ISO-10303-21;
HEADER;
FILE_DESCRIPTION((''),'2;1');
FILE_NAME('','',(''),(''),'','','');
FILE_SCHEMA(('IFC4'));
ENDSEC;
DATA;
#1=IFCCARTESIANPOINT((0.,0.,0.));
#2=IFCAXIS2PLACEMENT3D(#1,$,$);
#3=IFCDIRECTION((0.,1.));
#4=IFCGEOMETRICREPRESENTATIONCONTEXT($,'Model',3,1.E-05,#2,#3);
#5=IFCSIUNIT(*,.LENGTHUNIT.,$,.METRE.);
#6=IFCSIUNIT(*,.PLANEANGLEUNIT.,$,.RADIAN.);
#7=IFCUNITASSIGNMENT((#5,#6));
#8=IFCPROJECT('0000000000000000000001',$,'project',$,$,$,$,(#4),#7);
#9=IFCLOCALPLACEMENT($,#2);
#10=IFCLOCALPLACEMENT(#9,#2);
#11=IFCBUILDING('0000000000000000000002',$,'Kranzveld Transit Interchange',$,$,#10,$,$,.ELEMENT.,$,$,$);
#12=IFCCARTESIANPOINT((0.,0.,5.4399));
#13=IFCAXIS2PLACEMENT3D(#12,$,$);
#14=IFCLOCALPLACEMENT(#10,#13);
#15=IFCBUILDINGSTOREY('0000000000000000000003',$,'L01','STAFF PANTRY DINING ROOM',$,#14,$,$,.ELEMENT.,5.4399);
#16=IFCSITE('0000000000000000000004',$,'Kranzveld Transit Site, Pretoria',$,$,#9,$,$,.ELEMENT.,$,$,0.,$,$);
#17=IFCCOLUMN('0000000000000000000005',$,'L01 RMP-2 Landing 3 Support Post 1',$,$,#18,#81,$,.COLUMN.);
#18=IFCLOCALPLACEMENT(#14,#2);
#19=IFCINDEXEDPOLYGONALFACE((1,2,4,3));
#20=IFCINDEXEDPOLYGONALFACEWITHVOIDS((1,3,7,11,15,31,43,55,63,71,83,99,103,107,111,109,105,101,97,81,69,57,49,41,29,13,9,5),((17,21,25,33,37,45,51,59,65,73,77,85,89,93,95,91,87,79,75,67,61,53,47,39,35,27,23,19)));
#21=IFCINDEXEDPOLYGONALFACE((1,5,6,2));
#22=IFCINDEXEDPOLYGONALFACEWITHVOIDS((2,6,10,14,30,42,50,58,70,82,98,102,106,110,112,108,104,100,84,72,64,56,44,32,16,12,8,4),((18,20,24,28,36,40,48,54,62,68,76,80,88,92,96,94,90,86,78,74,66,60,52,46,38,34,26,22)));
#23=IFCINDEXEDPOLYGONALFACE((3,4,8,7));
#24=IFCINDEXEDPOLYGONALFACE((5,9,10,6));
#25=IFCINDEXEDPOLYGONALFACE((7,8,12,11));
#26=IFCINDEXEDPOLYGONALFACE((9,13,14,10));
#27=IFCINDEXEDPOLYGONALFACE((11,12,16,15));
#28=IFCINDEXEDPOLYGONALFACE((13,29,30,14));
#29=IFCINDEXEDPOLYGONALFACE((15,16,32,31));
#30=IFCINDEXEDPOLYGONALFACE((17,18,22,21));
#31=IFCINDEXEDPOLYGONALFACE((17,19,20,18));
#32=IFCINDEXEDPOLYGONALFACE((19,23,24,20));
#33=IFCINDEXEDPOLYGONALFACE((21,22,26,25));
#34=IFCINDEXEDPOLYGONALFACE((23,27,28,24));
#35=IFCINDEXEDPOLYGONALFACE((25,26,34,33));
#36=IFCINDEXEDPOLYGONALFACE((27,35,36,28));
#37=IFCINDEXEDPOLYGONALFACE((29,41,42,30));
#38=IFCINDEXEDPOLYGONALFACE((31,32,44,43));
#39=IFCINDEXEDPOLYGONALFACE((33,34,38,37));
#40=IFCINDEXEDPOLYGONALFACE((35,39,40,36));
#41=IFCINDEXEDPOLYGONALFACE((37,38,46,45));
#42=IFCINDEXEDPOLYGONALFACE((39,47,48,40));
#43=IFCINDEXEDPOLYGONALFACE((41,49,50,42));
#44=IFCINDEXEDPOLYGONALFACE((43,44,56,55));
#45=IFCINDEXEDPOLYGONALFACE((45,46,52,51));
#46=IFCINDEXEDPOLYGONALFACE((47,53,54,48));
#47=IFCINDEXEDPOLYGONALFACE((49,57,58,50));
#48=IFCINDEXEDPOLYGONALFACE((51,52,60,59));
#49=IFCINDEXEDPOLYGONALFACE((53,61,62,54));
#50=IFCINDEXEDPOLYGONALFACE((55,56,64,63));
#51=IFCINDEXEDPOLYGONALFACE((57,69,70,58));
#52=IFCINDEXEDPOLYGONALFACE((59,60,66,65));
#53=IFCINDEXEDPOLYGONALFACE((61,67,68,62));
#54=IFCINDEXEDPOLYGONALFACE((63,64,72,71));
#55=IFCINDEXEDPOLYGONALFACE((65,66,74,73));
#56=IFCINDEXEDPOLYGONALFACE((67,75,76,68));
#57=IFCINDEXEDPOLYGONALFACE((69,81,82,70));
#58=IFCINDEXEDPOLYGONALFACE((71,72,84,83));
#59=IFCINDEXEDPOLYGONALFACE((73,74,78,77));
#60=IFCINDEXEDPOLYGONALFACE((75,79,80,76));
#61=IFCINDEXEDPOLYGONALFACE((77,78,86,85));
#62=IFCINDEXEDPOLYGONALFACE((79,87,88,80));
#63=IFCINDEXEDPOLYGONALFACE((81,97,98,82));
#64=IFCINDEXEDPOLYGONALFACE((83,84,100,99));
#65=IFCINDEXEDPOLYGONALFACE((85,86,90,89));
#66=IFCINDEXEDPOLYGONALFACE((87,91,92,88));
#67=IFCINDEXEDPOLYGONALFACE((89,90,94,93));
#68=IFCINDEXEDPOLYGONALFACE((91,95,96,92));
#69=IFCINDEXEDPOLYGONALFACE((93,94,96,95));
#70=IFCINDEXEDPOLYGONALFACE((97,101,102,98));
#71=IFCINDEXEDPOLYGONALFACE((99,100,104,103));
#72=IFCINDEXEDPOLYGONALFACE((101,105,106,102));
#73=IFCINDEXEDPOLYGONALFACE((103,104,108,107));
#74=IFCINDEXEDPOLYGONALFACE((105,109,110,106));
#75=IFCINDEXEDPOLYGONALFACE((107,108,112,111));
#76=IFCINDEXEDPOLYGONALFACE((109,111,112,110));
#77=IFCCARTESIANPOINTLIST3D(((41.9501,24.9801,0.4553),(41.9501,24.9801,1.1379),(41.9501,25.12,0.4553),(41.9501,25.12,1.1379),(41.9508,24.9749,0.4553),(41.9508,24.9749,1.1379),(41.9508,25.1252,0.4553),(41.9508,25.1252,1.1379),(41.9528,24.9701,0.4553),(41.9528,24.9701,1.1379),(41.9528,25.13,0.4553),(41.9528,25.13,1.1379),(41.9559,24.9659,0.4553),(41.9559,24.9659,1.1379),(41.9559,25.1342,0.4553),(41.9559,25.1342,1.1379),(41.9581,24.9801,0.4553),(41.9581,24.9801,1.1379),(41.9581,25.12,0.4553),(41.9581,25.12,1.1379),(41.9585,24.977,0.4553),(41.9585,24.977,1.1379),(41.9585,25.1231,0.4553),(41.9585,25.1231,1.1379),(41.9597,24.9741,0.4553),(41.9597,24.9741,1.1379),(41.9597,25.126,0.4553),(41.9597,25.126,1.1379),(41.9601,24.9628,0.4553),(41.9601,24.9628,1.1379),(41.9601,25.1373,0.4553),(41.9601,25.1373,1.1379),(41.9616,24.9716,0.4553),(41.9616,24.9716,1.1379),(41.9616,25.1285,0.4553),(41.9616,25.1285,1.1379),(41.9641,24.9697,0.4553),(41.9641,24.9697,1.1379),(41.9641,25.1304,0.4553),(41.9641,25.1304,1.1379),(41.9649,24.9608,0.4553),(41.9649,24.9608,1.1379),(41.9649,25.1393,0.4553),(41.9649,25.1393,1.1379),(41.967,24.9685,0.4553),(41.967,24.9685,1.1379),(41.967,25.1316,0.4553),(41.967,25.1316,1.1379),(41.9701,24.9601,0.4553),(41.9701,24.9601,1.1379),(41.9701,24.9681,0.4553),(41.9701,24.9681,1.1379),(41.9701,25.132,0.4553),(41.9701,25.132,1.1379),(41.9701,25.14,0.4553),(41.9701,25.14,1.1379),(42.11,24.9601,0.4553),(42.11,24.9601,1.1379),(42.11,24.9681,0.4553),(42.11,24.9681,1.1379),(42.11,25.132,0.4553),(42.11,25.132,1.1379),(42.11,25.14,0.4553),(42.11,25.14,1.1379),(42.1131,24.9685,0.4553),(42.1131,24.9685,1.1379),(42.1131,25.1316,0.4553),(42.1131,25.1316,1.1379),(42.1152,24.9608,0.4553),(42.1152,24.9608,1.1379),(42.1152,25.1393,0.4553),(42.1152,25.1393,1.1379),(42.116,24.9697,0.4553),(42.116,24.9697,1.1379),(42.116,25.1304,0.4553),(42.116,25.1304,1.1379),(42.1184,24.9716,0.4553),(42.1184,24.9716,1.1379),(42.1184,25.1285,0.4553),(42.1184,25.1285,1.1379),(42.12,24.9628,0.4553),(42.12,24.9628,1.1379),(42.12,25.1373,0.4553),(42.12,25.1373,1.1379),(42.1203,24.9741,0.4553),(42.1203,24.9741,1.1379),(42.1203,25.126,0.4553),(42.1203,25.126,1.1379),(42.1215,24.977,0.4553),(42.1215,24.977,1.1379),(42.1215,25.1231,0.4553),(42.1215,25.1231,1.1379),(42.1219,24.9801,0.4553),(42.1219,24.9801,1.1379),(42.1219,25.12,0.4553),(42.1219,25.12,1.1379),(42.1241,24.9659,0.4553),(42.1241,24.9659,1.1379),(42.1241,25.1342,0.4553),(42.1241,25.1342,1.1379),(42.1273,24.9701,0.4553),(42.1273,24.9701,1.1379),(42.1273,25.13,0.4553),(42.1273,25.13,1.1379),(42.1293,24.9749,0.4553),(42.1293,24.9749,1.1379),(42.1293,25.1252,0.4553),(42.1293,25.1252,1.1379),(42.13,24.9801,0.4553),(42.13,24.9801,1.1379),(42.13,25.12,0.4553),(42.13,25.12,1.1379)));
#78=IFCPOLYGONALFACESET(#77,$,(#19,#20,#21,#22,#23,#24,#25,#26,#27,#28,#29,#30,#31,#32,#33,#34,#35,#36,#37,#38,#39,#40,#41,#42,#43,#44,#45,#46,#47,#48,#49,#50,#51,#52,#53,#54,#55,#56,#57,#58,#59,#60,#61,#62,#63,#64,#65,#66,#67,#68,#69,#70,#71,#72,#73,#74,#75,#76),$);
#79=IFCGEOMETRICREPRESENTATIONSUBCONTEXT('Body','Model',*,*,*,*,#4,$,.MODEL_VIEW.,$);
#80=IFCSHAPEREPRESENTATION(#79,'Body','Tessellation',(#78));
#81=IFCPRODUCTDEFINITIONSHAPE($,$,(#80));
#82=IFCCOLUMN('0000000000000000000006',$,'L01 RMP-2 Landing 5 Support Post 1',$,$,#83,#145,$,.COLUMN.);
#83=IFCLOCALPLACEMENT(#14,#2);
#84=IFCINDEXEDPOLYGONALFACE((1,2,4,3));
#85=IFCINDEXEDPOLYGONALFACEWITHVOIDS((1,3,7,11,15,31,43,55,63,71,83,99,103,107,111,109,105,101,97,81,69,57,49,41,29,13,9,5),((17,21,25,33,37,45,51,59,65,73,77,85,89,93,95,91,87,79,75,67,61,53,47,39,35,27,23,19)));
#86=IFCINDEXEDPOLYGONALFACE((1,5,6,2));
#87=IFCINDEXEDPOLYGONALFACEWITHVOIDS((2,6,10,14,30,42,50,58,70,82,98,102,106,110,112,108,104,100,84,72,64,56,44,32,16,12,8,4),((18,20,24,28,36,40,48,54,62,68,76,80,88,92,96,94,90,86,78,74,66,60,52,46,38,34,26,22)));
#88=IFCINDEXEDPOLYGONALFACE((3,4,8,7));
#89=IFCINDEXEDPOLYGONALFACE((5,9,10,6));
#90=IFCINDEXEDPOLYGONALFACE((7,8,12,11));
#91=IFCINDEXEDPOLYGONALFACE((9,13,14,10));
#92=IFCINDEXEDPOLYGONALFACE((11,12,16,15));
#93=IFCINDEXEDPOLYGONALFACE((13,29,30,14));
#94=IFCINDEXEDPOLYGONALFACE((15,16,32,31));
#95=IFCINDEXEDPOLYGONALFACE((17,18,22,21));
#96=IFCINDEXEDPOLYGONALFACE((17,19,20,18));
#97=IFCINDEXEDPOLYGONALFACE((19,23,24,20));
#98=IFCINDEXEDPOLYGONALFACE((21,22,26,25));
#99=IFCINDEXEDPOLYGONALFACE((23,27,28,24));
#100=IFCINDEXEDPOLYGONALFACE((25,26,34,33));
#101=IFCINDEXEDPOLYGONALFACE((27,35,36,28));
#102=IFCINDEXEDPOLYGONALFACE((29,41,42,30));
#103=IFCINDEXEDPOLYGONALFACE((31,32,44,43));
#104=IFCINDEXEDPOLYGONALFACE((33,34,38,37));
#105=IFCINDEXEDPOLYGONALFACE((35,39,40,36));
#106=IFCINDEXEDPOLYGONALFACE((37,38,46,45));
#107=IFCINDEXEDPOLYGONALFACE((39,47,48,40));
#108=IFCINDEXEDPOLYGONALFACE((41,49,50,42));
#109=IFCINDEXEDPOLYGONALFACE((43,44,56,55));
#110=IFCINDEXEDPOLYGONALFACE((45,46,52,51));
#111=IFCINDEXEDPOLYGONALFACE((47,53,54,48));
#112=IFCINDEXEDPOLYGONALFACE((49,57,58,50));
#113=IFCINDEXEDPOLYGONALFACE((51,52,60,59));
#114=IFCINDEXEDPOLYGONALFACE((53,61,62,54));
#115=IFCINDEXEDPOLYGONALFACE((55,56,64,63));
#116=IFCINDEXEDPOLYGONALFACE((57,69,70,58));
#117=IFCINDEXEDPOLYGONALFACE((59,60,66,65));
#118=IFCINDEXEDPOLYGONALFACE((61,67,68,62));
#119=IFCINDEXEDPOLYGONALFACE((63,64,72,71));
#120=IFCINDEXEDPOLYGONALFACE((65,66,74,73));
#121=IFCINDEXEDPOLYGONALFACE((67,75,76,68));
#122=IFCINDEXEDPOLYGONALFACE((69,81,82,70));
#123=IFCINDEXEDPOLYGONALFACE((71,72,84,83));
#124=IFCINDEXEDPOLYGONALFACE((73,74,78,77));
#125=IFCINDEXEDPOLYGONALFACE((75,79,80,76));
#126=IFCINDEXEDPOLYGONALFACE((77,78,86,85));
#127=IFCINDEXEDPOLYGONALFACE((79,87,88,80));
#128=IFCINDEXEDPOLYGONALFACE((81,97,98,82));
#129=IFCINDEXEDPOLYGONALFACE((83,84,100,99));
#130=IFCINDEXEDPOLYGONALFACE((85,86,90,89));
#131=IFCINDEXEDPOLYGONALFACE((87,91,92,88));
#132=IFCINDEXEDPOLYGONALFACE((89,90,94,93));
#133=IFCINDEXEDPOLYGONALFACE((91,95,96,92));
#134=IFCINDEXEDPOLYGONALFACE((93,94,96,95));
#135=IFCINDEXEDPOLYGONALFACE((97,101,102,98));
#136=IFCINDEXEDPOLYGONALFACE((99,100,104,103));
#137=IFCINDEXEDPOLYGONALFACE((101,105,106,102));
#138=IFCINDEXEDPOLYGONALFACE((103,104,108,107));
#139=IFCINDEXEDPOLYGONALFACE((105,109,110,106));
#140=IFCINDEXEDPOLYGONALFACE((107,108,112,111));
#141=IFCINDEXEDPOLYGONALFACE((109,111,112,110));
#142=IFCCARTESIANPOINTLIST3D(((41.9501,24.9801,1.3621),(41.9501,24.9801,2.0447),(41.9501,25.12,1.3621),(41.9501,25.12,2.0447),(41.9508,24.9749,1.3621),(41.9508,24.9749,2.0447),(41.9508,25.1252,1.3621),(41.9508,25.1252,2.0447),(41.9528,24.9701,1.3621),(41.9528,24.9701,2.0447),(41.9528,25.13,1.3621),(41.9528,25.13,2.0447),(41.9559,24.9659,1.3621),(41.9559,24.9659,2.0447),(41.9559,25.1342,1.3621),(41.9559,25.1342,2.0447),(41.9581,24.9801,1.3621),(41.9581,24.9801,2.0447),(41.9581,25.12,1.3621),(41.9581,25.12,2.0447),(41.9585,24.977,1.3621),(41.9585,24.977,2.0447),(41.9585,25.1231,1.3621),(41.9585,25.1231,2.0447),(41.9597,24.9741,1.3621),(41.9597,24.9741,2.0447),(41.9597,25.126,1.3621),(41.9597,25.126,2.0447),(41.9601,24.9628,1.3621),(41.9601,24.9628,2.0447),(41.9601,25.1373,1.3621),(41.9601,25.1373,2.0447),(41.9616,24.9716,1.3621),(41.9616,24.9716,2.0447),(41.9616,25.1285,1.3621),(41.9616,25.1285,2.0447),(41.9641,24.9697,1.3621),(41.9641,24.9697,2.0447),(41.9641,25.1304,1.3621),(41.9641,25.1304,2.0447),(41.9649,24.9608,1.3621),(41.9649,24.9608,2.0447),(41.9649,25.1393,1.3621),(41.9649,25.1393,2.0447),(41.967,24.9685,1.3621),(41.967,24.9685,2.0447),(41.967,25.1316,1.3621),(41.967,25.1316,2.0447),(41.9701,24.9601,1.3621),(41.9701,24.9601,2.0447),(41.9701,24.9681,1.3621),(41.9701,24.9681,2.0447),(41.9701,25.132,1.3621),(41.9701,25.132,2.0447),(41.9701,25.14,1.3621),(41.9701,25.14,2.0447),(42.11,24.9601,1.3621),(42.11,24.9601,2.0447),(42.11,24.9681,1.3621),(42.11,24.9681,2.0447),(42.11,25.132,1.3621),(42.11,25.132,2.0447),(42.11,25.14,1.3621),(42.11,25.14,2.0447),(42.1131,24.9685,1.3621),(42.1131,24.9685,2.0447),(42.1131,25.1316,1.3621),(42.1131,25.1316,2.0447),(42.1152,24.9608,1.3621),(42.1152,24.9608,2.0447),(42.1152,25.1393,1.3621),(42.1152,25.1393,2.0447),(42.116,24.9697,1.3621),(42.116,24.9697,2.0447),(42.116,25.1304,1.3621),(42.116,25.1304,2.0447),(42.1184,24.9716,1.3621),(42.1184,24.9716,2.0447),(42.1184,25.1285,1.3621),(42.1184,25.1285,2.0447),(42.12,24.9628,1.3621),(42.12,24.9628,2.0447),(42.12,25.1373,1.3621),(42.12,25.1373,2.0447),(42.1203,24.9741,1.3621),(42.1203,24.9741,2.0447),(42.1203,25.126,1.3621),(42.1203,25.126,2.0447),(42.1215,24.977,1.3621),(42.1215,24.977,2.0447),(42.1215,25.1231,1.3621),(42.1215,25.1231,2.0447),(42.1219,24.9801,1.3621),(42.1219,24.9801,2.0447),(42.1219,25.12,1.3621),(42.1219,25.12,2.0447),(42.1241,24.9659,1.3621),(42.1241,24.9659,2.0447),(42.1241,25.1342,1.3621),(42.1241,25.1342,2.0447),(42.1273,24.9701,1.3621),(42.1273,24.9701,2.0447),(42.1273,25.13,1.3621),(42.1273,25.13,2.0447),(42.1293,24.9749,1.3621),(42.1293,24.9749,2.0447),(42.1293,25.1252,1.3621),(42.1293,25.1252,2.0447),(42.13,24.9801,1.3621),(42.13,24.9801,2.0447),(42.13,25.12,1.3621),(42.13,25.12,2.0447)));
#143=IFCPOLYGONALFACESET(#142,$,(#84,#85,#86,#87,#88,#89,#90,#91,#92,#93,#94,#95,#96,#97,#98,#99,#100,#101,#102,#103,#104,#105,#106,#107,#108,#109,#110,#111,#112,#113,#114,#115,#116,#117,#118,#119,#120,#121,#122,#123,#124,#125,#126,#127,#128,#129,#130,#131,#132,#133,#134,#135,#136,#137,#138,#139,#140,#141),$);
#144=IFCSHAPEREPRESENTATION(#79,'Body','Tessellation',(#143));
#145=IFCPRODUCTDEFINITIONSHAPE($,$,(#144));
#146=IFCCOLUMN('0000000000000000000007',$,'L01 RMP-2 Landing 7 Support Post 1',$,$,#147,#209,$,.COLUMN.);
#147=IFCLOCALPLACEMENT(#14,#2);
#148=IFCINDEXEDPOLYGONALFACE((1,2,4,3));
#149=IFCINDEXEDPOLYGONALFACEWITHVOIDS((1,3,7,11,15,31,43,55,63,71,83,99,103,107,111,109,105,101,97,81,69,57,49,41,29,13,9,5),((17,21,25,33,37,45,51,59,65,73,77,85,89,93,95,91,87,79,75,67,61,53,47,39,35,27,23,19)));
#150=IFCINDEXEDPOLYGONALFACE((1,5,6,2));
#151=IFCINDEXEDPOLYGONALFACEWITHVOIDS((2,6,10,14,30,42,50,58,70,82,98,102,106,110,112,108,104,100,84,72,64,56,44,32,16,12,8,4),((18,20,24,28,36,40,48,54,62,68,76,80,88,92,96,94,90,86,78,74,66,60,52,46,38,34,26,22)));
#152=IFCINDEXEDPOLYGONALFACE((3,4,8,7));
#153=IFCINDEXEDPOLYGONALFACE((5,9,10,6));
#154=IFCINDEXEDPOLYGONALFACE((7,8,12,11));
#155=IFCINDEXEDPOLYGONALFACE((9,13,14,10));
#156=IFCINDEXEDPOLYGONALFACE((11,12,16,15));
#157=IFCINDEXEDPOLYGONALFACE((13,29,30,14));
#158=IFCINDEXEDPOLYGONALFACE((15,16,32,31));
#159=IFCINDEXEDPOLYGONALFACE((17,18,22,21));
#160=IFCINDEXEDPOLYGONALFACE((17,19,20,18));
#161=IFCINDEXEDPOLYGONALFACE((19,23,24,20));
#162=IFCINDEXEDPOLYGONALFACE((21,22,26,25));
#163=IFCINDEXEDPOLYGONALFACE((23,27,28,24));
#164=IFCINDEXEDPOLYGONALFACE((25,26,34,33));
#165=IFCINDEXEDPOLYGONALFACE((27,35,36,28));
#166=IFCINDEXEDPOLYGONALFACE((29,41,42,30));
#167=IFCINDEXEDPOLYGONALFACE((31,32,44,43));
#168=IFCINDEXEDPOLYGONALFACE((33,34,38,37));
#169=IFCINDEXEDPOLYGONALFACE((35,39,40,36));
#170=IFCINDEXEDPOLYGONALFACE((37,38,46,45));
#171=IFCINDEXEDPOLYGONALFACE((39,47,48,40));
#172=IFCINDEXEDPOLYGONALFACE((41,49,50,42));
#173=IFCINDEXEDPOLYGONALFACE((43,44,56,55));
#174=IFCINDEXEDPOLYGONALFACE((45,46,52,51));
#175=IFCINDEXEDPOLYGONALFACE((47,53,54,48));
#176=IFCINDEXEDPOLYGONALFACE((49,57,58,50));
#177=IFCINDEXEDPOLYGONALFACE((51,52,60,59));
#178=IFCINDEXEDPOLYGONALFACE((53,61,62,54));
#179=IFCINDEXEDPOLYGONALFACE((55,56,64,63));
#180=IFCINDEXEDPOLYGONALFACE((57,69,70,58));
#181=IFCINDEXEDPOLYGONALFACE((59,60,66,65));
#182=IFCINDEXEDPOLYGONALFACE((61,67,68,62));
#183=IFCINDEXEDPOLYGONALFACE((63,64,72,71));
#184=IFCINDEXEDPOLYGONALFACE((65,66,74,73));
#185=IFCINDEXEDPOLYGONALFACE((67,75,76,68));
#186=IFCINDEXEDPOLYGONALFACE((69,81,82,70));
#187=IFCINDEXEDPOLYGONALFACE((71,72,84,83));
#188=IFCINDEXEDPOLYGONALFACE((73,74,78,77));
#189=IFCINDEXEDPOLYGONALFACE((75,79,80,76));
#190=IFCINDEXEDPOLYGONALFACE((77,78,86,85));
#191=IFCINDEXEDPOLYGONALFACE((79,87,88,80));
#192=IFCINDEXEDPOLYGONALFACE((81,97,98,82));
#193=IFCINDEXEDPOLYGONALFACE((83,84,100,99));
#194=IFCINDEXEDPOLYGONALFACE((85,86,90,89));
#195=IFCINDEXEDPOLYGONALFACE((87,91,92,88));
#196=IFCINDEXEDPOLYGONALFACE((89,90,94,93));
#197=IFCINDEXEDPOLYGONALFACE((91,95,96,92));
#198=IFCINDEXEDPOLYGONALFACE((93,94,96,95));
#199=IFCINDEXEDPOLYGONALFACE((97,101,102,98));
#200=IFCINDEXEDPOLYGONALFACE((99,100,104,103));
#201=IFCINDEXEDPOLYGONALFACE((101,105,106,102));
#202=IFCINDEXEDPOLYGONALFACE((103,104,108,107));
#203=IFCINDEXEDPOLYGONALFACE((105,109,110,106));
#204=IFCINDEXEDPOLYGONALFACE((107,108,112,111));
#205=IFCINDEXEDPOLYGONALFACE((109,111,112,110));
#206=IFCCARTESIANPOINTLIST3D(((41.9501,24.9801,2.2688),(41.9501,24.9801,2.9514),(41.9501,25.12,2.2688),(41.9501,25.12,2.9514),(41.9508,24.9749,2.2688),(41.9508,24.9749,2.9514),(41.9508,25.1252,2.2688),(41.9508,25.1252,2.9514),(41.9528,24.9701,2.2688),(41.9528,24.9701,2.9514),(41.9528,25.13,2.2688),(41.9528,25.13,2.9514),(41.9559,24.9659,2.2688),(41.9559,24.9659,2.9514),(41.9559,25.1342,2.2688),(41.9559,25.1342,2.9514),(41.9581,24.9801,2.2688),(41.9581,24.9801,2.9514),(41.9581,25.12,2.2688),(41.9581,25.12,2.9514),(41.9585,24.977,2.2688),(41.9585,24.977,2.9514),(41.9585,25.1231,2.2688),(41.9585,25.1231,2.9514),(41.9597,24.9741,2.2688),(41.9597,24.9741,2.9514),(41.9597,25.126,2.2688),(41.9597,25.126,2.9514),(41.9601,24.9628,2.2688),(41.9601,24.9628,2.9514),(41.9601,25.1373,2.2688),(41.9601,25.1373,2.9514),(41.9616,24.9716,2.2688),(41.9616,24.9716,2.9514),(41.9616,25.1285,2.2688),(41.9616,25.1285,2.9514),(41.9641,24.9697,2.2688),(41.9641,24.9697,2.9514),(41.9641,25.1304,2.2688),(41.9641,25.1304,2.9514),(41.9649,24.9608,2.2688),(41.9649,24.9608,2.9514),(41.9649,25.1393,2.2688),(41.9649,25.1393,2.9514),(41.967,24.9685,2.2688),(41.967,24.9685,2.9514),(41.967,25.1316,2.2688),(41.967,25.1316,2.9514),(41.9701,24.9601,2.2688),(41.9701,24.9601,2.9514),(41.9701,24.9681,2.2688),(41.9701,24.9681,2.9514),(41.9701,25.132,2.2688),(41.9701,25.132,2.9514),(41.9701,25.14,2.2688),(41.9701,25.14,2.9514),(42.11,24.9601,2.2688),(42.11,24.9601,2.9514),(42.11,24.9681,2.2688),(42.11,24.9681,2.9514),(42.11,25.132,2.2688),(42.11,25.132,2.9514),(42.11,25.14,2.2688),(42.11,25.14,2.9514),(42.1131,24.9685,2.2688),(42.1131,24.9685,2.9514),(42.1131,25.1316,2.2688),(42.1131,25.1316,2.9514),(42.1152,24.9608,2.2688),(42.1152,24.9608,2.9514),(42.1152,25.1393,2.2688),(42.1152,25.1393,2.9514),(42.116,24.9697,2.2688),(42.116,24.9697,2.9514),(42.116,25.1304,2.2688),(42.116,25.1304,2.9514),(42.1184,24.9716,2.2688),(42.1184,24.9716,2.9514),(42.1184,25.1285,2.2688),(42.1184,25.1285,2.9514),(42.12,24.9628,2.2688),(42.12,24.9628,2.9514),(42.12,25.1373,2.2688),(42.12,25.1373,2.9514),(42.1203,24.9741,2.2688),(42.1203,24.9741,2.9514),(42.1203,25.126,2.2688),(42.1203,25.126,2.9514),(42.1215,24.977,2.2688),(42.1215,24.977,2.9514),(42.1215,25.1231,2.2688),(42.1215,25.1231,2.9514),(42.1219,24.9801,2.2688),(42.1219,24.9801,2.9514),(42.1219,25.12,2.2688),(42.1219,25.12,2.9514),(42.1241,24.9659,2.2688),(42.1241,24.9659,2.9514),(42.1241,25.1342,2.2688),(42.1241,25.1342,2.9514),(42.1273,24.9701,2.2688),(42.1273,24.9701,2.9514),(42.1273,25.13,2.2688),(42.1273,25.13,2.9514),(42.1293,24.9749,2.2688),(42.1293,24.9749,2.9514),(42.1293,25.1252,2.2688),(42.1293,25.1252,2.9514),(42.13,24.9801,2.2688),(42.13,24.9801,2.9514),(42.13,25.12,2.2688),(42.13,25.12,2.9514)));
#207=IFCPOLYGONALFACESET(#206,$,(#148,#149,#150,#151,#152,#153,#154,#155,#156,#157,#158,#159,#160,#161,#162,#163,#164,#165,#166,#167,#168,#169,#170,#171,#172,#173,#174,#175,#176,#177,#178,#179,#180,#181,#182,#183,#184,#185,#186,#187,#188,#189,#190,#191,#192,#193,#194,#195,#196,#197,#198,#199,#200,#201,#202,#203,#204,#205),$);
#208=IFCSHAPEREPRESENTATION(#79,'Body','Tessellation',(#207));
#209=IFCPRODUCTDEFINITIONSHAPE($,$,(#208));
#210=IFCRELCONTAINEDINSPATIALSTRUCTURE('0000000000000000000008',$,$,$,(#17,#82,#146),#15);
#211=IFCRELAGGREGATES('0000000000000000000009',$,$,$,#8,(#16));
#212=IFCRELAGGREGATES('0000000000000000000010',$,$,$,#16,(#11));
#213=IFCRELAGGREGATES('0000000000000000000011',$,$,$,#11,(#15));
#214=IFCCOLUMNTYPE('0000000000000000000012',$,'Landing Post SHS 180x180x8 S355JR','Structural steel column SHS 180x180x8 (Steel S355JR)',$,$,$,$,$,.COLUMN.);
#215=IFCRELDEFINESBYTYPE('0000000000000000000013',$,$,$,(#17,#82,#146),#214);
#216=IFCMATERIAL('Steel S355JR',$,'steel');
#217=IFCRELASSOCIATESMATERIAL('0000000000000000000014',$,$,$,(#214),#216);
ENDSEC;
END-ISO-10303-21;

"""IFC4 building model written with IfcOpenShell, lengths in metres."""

from ifc_helpers import new_model, si_unit, direction, frame, origin, origin_2d, place, context, subcontext, project, spatial, hollow_rectangle, extrude, material, material_profile, profile_set, type_object, element, save


model = new_model("IFC4")

# Units and contexts
model_context = context("Model", 3, precision=1e-05, world=origin(), true_north=direction((0.0, 1.0)))
body_context = subcontext(model_context, "Body", "Model", "MODEL_VIEW")
ifc_project = project(units=[si_unit("LENGTHUNIT", "METRE"), si_unit("PLANEANGLEUNIT", "RADIAN")], contexts=[model_context])

# Site, building, storey
site_placement = place(None, origin())
site = spatial("IfcSite", under=ifc_project, at=site_placement, Name="Kranzveld Transit Site, Pretoria", CompositionType="ELEMENT", RefElevation=0.0)
building_placement = place(site_placement, origin())
building = spatial("IfcBuilding", under=site, at=building_placement, Name="Kranzveld Transit Interchange", CompositionType="ELEMENT")
storey_placement = place(building_placement, frame((0.0, 0.0, 5.4399)))
storey = spatial("IfcBuildingStorey", under=building, at=storey_placement, Name="L01", Description="STAFF PANTRY DINING ROOM", CompositionType="ELEMENT", Elevation=5.4399)

# Columns
ifc_material_1 = material(Name="Steel S355JR", Category="steel")
ifc_material_profile_1 = material_profile(ifc_material_1, hollow_rectangle(XDim=0.1799, YDim=0.1799, WallThickness=0.0081, InnerFilletRadius=0.012, OuterFilletRadius=0.02, at=origin_2d()), Name="SHS 180x180x8")
ifc_profile_set_1 = profile_set([ifc_material_profile_1], Name="Steel S355JR")
column_type_1 = type_object("IfcColumnType", Name="Landing Post SHS 180x180x8 S355JR", Description="Structural steel column SHS 180x180x8 (Steel S355JR)", PredefinedType="COLUMN", material=ifc_profile_set_1)
for number, where, z_axis, x_axis, name in (
    (1, (42.04, 25.05, 0.4553), (0.0, 0.0, 1.0), (1.0, 0.0, 0.0), "L01 RMP-2 Landing 3 Support Post 1"),
    (2, (42.04, 25.05, 1.3621), (0.0, 0.0, 1.0), (1.0, 0.0, 0.0), "L01 RMP-2 Landing 5 Support Post 1"),
    (3, (42.04, 25.05, 2.2688), (0.0, 0.0, 1.0), (1.0, 0.0, 0.0), "L01 RMP-2 Landing 7 Support Post 1"),
):
    element("IfcColumn", number, at=place(storey_placement, frame(where, z_axis=z_axis, x_axis=x_axis)), inside=storey, type_object=column_type_1, Name=name, PredefinedType="COLUMN", context=body_context, shape_type="SweptSolid", body=[
        extrude(hollow_rectangle(XDim=0.1799, YDim=0.1799, WallThickness=0.0081, InnerFilletRadius=0.012, OuterFilletRadius=0.02, at=origin_2d()), origin(), (0.0, 0.0, 1.0), 0.6826),
    ])

save(model, "model.ifc")
